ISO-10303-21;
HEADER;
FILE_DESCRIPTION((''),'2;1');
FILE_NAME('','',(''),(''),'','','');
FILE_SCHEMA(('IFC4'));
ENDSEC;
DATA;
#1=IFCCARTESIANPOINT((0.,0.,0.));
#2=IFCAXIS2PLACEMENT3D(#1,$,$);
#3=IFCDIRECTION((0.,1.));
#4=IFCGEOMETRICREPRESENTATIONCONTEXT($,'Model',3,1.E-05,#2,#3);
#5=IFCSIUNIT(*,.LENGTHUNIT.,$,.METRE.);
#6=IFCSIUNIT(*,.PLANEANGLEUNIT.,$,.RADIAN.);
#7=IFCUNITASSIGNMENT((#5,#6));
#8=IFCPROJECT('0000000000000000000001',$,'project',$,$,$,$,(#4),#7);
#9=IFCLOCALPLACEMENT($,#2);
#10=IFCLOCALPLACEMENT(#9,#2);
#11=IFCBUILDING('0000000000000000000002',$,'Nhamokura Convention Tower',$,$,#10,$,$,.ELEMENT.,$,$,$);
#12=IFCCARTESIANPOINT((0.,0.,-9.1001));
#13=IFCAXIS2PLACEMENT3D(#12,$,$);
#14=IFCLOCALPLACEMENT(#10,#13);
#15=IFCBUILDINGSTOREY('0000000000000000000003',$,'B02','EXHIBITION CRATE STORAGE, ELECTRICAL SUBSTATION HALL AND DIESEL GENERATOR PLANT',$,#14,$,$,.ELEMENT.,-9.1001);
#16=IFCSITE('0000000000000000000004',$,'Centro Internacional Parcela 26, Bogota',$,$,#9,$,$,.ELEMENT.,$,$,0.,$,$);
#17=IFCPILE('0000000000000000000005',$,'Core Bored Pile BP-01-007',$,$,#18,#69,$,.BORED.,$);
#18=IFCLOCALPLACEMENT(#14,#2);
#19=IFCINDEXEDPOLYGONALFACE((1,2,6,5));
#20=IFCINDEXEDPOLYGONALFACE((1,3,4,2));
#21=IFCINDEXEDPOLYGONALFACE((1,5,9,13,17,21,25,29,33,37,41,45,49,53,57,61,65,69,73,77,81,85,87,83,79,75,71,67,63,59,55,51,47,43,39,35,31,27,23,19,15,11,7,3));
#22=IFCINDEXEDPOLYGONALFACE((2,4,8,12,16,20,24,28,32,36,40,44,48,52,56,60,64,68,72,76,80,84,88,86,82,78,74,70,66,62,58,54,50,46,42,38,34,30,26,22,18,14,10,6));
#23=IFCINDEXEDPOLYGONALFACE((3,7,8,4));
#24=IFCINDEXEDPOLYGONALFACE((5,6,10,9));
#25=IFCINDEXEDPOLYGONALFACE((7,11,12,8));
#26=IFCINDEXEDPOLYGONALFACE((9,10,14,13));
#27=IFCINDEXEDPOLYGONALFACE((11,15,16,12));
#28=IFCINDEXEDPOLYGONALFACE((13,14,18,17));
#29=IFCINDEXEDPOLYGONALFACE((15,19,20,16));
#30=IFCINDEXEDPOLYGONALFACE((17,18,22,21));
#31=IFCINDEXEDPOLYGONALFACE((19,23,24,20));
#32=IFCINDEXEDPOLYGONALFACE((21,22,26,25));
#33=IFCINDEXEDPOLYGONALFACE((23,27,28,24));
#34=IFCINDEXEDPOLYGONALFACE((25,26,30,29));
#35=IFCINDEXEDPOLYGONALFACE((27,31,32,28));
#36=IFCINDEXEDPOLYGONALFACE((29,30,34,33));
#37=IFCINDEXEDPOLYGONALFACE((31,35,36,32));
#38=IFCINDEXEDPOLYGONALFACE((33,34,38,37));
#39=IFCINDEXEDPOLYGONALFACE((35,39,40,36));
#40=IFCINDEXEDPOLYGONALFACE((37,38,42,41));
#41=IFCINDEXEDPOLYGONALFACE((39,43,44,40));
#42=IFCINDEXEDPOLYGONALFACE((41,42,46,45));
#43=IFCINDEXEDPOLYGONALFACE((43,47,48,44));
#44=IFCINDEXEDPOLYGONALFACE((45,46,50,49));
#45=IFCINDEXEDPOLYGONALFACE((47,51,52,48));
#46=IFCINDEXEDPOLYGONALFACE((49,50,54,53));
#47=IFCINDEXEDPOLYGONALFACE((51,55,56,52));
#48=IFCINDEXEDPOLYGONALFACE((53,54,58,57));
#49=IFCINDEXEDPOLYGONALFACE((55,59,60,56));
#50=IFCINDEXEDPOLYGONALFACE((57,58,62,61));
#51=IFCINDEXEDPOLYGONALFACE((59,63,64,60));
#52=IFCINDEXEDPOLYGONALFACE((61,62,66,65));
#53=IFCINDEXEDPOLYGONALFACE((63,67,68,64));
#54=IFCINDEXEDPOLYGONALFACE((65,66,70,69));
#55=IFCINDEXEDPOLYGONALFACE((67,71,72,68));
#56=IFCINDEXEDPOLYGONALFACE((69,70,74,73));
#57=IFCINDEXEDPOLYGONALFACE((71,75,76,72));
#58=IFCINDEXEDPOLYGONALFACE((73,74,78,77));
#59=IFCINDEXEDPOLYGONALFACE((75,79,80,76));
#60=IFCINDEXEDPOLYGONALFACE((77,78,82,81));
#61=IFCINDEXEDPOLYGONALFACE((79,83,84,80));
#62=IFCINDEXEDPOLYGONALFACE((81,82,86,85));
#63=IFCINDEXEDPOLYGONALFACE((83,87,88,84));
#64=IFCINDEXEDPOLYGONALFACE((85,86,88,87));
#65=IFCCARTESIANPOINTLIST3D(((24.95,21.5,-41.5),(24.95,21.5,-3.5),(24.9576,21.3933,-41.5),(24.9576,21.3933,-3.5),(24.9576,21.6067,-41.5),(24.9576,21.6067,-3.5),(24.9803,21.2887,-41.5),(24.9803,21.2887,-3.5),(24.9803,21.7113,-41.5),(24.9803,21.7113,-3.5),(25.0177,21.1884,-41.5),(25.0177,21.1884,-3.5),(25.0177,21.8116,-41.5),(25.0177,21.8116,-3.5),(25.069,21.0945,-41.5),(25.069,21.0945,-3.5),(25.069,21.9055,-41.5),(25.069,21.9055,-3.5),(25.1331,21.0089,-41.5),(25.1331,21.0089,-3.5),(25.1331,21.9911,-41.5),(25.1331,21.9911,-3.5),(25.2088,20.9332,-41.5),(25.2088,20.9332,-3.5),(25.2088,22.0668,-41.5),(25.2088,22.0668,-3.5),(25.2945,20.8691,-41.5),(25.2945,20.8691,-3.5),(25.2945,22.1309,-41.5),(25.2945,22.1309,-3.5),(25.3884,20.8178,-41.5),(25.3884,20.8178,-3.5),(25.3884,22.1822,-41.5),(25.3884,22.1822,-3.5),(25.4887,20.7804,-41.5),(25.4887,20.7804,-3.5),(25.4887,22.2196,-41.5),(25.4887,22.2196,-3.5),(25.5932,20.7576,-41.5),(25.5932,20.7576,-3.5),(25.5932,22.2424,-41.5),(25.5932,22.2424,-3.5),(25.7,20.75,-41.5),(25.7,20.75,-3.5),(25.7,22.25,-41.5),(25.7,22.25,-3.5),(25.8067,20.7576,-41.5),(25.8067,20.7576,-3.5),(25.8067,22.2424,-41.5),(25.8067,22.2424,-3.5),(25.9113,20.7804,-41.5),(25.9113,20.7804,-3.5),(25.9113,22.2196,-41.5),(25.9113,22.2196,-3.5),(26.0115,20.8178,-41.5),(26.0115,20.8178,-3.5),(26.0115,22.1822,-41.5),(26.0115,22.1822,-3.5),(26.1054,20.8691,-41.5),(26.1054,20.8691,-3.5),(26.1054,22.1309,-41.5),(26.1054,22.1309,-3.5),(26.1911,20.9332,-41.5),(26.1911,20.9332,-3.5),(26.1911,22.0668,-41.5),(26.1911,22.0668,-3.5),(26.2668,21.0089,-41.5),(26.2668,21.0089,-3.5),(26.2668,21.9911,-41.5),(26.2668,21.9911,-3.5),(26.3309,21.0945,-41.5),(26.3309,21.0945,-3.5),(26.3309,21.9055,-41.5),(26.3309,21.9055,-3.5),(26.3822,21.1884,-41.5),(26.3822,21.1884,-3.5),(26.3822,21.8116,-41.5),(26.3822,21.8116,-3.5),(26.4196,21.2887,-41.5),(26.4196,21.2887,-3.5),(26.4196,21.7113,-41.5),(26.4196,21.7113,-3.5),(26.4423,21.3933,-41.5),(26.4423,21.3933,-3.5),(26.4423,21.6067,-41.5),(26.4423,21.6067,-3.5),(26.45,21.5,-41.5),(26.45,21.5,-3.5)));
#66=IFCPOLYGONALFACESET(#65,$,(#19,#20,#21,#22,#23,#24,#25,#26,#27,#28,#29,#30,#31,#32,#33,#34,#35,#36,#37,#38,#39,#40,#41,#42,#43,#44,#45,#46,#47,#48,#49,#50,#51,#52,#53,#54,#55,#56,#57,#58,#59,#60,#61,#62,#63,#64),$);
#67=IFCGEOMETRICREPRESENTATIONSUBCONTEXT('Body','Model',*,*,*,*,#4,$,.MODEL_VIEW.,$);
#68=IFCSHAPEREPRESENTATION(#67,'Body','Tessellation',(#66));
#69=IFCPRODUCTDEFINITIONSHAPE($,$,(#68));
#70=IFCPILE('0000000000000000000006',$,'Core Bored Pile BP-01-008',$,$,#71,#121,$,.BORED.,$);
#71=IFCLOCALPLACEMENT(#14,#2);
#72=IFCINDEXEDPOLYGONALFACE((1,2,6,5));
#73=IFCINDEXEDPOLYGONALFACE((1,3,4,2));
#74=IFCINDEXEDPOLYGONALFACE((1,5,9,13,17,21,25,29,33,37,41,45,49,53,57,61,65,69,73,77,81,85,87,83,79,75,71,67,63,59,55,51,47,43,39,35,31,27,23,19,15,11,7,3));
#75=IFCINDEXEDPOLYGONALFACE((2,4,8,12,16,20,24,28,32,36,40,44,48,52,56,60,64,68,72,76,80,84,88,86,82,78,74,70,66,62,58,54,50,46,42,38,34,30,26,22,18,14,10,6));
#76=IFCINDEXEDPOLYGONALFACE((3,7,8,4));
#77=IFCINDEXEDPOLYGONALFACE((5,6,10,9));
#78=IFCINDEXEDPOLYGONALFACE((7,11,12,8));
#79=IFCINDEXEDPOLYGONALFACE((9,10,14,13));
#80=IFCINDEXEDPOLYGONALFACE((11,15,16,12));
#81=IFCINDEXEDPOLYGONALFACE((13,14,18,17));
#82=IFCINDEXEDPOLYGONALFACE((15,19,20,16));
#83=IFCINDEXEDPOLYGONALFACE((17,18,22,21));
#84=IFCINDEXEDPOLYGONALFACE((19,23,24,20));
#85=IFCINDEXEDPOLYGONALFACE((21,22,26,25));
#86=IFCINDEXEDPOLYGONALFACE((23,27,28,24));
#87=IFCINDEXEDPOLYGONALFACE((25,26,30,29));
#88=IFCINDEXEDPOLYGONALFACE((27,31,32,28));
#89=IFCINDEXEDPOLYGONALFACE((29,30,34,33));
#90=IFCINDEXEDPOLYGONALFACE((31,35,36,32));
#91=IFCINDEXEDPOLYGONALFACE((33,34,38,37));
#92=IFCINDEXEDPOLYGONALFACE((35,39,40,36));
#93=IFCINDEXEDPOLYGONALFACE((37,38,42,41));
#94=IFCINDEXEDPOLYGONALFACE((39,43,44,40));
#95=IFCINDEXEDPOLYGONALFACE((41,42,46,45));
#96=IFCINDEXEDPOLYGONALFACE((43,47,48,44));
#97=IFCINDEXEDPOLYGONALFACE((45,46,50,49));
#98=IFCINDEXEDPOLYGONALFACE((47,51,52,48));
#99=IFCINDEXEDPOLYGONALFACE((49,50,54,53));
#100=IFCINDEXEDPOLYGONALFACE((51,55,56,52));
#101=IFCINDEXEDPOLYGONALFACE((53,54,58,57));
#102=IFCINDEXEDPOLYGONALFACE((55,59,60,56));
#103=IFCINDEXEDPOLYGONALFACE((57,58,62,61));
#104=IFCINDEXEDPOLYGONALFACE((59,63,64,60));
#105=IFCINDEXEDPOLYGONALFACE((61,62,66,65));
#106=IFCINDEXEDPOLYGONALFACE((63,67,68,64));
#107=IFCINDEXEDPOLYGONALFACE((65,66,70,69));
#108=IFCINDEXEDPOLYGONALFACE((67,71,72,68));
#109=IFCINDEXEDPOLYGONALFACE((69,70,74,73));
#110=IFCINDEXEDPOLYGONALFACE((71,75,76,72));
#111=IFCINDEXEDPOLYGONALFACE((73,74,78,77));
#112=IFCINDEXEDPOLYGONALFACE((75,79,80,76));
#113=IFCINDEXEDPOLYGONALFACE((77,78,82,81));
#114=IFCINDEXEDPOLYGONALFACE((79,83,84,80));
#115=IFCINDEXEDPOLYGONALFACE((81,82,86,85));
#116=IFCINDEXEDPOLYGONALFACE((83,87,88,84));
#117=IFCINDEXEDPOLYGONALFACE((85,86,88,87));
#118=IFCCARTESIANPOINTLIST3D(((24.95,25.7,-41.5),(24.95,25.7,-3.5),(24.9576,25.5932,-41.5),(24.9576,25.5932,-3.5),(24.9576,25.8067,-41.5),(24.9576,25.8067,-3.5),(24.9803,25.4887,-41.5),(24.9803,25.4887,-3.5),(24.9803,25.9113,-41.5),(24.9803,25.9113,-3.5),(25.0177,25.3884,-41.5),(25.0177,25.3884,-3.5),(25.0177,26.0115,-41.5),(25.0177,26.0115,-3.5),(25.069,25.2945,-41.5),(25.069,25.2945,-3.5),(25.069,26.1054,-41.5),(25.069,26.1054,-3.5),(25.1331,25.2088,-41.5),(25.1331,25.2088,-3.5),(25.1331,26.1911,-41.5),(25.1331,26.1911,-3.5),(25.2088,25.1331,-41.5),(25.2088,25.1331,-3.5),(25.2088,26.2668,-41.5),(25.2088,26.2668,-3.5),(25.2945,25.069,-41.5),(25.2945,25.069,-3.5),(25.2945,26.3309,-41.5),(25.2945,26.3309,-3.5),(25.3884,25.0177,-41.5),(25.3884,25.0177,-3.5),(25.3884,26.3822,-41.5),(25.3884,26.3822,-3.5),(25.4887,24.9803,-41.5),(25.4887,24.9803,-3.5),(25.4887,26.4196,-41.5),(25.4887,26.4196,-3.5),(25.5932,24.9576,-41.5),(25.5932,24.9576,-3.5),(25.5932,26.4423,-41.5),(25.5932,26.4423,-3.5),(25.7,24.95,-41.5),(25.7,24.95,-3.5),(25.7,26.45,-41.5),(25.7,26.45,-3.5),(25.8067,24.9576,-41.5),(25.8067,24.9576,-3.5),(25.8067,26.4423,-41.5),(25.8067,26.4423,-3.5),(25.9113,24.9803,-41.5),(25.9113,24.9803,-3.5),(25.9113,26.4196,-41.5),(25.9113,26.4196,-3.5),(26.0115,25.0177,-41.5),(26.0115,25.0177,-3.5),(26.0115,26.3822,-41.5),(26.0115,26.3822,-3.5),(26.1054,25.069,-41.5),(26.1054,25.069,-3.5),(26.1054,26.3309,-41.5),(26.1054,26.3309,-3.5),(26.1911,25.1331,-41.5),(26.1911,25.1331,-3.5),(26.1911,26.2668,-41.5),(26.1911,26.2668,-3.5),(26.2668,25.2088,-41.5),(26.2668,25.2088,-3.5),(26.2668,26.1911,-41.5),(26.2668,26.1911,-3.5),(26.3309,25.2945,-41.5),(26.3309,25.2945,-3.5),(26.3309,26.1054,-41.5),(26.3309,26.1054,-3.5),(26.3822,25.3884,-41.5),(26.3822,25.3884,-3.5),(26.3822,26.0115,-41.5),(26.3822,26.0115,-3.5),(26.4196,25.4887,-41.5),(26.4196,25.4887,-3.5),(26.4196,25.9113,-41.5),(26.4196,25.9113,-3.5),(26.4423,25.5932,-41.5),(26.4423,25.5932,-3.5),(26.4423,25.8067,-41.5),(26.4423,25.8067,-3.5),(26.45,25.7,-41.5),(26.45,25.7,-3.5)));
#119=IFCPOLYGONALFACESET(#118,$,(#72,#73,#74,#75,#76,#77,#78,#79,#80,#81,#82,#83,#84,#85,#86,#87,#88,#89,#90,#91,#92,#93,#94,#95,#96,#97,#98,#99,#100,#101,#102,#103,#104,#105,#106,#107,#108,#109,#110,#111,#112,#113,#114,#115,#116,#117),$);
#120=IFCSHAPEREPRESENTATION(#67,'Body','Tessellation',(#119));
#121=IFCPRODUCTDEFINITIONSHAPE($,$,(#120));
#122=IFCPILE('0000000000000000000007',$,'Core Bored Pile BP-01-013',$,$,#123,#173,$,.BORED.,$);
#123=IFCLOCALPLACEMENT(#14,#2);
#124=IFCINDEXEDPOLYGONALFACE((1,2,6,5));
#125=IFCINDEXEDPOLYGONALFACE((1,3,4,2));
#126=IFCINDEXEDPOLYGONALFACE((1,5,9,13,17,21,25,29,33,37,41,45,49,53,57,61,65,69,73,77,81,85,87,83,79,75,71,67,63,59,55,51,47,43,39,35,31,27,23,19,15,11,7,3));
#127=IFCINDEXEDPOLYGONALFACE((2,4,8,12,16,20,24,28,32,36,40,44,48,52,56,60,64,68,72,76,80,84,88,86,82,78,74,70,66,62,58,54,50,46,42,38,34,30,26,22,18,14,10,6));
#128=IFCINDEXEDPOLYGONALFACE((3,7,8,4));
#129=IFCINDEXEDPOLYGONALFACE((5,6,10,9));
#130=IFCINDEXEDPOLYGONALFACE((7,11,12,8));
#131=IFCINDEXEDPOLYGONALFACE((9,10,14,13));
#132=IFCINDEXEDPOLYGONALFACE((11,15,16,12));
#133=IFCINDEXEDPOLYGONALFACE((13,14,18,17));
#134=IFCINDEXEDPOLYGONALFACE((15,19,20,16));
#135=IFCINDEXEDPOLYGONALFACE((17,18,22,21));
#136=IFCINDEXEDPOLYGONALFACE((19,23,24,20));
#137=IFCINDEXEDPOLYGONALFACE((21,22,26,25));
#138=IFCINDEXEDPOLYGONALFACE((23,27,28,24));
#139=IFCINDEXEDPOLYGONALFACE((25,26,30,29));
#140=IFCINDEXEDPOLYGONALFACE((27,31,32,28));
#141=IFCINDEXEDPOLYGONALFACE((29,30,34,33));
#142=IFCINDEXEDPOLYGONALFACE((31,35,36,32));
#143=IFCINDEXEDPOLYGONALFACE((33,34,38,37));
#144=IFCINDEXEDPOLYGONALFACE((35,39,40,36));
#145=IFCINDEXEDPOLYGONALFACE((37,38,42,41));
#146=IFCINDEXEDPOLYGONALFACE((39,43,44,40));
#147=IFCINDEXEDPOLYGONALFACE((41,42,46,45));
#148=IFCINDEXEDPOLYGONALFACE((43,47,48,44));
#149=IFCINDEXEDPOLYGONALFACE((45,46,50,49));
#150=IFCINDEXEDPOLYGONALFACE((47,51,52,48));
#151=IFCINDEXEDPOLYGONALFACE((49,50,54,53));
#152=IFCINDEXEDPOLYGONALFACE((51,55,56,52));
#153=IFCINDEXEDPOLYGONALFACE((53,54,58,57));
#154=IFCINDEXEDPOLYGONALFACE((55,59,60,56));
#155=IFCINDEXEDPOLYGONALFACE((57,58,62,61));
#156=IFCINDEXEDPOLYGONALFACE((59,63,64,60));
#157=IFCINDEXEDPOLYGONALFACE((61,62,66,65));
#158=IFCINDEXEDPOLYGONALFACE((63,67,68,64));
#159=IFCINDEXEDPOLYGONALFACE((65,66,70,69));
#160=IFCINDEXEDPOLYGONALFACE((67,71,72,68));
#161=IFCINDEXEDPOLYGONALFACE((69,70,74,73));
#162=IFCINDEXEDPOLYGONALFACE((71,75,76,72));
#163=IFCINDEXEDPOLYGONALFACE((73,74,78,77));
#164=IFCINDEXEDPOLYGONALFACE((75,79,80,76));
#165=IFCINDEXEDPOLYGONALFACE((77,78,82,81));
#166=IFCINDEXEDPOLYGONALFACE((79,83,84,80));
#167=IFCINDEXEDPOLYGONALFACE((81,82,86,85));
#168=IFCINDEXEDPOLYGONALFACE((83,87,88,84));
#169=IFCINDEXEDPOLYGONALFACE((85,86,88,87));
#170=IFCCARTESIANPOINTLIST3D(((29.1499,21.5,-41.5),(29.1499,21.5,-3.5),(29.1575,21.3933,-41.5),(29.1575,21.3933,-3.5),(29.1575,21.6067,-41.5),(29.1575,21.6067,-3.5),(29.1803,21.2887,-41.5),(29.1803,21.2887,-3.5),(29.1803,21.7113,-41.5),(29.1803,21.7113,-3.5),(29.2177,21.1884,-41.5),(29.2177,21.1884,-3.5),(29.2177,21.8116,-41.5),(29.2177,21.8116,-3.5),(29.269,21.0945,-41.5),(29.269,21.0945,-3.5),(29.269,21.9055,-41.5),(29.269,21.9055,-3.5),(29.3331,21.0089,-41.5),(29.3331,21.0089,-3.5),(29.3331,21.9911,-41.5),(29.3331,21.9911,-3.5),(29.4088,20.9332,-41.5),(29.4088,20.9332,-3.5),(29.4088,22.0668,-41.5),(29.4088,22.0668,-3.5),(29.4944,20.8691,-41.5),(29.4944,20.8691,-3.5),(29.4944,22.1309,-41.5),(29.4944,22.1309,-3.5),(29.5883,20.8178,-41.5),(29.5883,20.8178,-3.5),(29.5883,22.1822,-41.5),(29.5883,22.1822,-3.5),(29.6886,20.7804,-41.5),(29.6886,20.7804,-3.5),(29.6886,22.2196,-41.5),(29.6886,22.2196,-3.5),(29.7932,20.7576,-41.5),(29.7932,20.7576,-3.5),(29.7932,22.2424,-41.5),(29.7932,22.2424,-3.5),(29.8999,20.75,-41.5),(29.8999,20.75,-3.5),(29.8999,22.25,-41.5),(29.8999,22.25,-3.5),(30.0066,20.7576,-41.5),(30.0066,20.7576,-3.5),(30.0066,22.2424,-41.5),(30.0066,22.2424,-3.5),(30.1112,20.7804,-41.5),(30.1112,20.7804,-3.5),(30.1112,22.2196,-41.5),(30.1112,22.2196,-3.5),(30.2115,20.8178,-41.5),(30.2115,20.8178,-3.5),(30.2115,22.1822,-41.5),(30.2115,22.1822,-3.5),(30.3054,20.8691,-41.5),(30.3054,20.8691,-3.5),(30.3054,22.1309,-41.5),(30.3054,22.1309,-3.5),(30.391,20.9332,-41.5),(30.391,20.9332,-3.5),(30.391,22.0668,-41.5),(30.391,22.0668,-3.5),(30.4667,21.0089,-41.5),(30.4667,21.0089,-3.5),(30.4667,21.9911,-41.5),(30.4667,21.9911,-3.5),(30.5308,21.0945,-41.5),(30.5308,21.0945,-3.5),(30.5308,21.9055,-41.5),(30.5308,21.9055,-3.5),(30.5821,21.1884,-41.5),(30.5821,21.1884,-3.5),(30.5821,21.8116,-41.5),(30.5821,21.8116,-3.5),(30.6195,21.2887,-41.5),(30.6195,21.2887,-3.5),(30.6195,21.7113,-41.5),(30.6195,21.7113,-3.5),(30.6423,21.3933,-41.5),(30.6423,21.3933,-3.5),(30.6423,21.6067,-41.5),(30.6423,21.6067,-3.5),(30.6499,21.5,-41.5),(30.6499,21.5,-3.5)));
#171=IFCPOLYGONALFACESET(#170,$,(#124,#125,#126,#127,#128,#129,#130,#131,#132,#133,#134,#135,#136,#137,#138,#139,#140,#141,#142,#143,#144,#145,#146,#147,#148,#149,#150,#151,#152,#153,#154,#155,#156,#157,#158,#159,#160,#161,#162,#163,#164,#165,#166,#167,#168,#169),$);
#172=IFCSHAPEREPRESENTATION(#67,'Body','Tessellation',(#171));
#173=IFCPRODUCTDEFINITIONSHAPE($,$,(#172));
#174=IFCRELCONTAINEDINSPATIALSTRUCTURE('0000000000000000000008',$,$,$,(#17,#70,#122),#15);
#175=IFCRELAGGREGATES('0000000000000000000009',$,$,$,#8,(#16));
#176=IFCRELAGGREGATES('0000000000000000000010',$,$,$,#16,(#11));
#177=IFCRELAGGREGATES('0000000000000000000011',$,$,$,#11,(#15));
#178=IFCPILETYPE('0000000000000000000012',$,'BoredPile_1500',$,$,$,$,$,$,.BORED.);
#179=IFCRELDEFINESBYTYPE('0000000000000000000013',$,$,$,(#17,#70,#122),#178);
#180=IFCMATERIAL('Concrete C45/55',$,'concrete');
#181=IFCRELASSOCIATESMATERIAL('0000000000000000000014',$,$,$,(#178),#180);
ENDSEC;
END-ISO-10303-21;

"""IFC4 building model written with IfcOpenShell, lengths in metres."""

from ifc_helpers import new_model, si_unit, direction, frame, origin, origin_2d, place, context, subcontext, project, spatial, circle, extrude, material, material_profile, profile_set, type_object, element, save


model = new_model("IFC4")

# Units and contexts
model_context = context("Model", 3, precision=1e-05, world=origin(), true_north=direction((0.0, 1.0)))
body_context = subcontext(model_context, "Body", "Model", "MODEL_VIEW")
ifc_project = project(units=[si_unit("LENGTHUNIT", "METRE"), si_unit("PLANEANGLEUNIT", "RADIAN")], contexts=[model_context])

# Site, building, storey
site_placement = place(None, origin())
site = spatial("IfcSite", under=ifc_project, at=site_placement, Name="Centro Internacional Parcela 26, Bogota", CompositionType="ELEMENT", RefElevation=0.0)
building_placement = place(site_placement, origin())
building = spatial("IfcBuilding", under=site, at=building_placement, Name="Nhamokura Convention Tower", CompositionType="ELEMENT")
storey_placement = place(building_placement, frame((0.0, 0.0, -9.1001)))
storey = spatial("IfcBuildingStorey", under=building, at=storey_placement, Name="B02", Description="EXHIBITION CRATE STORAGE, ELECTRICAL SUBSTATION HALL AND DIESEL GENERATOR PLANT", CompositionType="ELEMENT", Elevation=-9.1001)

# Piles
ifc_material_1 = material(Name="Concrete C45/55", Category="concrete")
ifc_material_profile_1 = material_profile(ifc_material_1, circle(Radius=0.75, at=origin_2d()))
ifc_profile_set_1 = profile_set([ifc_material_profile_1], Name="Concrete C45/55")
pile_type_1 = type_object("IfcPileType", Name="BoredPile_1500", PredefinedType="BORED", material=ifc_profile_set_1)
for number, where, z_axis, x_axis, name in (
    (1, (25.7, 21.5, -3.5), (0.0, 0.0, -1.0), (1.0, 0.0, 0.0), "Core Bored Pile BP-01-007"),
    (2, (25.7, 25.7, -3.5), (0.0, 0.0, -1.0), (1.0, 0.0, 0.0), "Core Bored Pile BP-01-008"),
    (3, (29.8999, 21.5, -3.5), (0.0, 0.0, -1.0), (1.0, 0.0, 0.0), "Core Bored Pile BP-01-013"),
):
    element("IfcPile", number, at=place(storey_placement, frame(where, z_axis=z_axis, x_axis=x_axis)), inside=storey, type_object=pile_type_1, Name=name, PredefinedType="BORED", context=body_context, shape_type="SweptSolid", body=[
        extrude(circle(Radius=0.75, at=origin_2d()), origin(), (0.0, 0.0, 1.0), 38.0),
    ])

save(model, "model.ifc")
